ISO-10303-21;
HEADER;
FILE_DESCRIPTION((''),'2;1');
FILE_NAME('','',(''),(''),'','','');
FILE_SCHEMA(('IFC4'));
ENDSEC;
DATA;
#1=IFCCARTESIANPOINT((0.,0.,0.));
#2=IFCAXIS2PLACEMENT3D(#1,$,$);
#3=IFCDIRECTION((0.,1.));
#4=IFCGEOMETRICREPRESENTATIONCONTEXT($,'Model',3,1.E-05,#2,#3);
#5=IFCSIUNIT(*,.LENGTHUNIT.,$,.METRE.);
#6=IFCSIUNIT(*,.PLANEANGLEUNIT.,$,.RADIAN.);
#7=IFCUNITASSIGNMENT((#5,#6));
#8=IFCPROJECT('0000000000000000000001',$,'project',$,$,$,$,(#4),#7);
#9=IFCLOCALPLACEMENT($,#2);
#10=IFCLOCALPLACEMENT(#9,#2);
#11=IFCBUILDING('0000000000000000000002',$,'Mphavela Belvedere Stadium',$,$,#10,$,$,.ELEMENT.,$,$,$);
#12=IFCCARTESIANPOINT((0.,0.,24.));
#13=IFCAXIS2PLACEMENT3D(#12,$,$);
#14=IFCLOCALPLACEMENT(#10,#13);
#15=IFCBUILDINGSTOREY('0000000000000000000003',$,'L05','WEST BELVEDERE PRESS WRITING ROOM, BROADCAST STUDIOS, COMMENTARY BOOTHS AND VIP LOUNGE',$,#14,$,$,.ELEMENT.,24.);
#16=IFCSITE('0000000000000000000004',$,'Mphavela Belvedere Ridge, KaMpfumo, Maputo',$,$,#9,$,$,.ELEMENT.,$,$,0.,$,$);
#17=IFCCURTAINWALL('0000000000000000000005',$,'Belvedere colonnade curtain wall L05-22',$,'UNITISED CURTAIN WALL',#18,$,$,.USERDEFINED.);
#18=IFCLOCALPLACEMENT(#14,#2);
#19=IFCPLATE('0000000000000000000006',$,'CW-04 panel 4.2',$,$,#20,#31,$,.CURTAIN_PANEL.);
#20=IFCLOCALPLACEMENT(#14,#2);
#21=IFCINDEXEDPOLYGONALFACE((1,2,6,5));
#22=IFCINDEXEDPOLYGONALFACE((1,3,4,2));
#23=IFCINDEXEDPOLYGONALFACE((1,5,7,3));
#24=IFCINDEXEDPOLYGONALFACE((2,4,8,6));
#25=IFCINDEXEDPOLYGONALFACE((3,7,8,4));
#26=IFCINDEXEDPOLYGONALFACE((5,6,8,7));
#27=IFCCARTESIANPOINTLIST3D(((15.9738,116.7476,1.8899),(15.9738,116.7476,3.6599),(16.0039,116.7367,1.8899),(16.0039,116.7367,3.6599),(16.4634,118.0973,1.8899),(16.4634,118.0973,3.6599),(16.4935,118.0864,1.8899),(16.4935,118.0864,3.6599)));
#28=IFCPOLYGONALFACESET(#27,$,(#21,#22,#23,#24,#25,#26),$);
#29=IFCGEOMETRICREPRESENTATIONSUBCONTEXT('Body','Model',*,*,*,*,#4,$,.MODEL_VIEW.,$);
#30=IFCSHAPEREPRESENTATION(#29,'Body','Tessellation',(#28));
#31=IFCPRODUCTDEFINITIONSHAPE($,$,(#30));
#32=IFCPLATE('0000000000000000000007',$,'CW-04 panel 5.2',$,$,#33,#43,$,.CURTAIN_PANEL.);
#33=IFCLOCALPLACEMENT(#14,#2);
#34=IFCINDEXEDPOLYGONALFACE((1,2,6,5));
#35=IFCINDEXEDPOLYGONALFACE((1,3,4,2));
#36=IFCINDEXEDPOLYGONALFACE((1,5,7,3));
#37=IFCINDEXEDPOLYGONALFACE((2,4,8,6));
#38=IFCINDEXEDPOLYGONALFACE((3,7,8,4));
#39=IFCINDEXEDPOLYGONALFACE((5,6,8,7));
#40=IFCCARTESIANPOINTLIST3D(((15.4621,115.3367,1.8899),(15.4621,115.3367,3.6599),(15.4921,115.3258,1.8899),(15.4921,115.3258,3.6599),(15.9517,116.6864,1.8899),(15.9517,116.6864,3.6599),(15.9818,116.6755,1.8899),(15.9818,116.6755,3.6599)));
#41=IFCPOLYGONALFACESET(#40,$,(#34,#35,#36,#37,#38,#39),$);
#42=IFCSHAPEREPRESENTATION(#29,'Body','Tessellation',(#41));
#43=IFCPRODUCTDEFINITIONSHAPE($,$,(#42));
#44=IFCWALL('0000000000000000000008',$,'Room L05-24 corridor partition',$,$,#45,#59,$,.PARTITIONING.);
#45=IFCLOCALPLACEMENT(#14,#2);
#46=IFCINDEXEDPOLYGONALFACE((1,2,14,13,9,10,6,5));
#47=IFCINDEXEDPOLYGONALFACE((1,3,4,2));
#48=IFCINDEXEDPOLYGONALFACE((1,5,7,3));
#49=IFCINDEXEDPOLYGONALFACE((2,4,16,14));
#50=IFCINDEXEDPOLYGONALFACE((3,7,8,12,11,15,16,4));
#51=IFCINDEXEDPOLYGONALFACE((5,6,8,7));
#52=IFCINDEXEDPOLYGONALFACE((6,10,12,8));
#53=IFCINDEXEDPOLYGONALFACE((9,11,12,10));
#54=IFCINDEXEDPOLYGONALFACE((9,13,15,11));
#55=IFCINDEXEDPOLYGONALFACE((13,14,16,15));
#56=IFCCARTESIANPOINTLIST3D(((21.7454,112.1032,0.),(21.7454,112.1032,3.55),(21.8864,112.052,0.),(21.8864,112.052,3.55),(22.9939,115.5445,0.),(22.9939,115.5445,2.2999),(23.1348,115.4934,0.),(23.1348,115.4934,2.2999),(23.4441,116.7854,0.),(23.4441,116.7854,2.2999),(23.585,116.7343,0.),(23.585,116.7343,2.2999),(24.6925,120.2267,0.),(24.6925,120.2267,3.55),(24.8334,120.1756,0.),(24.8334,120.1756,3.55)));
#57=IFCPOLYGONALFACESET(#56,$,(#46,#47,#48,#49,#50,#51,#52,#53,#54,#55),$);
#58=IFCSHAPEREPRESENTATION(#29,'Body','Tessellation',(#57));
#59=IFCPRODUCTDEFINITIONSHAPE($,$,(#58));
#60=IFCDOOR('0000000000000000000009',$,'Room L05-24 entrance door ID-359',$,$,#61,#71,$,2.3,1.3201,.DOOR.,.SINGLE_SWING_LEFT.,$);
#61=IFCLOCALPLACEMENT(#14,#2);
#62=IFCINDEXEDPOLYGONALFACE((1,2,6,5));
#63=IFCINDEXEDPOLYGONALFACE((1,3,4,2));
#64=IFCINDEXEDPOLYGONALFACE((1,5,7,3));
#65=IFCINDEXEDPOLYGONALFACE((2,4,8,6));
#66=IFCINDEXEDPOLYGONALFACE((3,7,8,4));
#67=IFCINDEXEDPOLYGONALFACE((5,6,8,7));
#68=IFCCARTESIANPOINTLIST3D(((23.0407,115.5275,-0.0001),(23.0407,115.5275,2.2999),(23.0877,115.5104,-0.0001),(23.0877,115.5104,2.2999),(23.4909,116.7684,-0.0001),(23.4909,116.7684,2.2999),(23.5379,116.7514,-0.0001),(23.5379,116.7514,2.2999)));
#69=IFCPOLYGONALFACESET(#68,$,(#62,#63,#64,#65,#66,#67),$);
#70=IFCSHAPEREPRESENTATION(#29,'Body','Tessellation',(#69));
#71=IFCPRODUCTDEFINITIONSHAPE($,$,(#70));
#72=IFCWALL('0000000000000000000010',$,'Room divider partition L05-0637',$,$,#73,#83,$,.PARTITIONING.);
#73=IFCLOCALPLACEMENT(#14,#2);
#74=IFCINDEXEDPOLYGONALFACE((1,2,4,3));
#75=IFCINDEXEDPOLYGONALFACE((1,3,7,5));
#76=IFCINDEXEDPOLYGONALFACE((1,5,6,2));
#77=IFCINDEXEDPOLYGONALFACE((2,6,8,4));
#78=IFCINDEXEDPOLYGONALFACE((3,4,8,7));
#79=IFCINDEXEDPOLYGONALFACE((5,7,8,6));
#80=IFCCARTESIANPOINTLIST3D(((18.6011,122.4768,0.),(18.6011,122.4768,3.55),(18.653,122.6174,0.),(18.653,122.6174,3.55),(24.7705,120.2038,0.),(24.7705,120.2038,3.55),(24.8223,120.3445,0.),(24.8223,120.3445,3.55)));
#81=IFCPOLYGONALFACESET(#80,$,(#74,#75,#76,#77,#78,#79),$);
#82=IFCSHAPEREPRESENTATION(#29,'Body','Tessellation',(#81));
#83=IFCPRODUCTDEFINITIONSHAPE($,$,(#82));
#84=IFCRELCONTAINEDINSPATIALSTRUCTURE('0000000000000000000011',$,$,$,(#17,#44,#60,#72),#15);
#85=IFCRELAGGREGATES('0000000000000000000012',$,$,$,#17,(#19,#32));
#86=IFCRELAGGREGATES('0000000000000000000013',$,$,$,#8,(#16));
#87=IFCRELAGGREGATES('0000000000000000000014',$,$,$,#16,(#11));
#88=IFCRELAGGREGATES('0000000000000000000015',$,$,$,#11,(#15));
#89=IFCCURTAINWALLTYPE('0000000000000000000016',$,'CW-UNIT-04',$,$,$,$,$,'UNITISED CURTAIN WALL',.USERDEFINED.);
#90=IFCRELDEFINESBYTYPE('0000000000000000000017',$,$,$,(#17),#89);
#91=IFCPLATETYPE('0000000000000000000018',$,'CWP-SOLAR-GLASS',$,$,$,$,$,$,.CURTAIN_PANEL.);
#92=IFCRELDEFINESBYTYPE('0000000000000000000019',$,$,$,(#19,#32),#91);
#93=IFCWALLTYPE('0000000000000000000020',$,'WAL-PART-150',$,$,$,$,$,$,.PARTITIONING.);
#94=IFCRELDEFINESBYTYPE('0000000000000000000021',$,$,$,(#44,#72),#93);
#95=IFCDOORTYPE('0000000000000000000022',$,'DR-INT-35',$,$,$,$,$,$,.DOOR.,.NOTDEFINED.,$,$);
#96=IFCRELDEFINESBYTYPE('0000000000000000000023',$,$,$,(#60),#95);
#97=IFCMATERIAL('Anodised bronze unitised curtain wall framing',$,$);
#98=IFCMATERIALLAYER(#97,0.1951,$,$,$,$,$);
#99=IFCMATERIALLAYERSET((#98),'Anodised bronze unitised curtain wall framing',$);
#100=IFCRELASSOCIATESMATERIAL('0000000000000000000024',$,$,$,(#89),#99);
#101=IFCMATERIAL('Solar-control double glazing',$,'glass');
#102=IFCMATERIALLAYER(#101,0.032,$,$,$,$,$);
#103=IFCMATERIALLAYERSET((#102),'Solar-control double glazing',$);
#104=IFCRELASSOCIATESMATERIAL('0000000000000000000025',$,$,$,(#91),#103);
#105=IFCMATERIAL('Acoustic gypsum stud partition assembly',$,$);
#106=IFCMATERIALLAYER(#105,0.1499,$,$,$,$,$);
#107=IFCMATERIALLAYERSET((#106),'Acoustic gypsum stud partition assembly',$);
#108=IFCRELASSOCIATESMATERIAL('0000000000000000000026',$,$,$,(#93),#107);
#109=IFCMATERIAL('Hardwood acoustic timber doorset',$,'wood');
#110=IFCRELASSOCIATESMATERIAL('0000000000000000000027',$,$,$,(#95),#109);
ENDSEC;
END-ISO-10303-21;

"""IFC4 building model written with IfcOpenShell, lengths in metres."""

from ifc_helpers import new_model, si_unit, direction, frame, frame_2d, origin, origin_2d, place, context, subcontext, project, spatial, rectangle, extrude, material, layer, layer_set, type_object, element, fill, aggregate, save


model = new_model("IFC4")

# Units and contexts
model_context = context("Model", 3, precision=1e-05, world=origin(), true_north=direction((0.0, 1.0)))
body_context = subcontext(model_context, "Body", "Model", "MODEL_VIEW")
ifc_project = project(units=[si_unit("LENGTHUNIT", "METRE"), si_unit("PLANEANGLEUNIT", "RADIAN")], contexts=[model_context])

# Site, building, storey
site_placement = place(None, origin())
site = spatial("IfcSite", under=ifc_project, at=site_placement, Name="Mphavela Belvedere Ridge, KaMpfumo, Maputo", CompositionType="ELEMENT", RefElevation=0.0)
building_placement = place(site_placement, origin())
building = spatial("IfcBuilding", under=site, at=building_placement, Name="Mphavela Belvedere Stadium", CompositionType="ELEMENT")
storey_placement = place(building_placement, frame((0.0, 0.0, 24.0)))
storey = spatial("IfcBuildingStorey", under=building, at=storey_placement, Name="L05", Description="WEST BELVEDERE PRESS WRITING ROOM, BROADCAST STUDIOS, COMMENTARY BOOTHS AND VIP LOUNGE", CompositionType="ELEMENT", Elevation=24.0)

# Curtain wall, plates
ifc_material_1 = material(Name="Anodised bronze unitised curtain wall framing")
ifc_layer_1 = layer(ifc_material_1, 0.1951)
ifc_layer_set_1 = layer_set([ifc_layer_1], Name="Anodised bronze unitised curtain wall framing")
curtain_wall_type = type_object("IfcCurtainWallType", Name="CW-UNIT-04", ElementType="UNITISED CURTAIN WALL", PredefinedType="USERDEFINED", material=ifc_layer_set_1)
curtain_wall_placement = place(storey_placement, origin())
curtain_wall = element("IfcCurtainWall", 1, at=curtain_wall_placement, inside=storey, type_object=curtain_wall_type, Name="Belvedere colonnade curtain wall L05-22", ObjectType="UNITISED CURTAIN WALL", PredefinedType="USERDEFINED")
ifc_material_2 = material(Name="Solar-control double glazing", Category="glass")
ifc_layer_2 = layer(ifc_material_2, 0.032)
ifc_layer_set_2 = layer_set([ifc_layer_2], Name="Solar-control double glazing")
plate_type = type_object("IfcPlateType", Name="CWP-SOLAR-GLASS", PredefinedType="CURTAIN_PANEL", material=ifc_layer_set_2)
plate_1_placement = place(storey_placement, frame((16.2336, 117.417, 1.8899), z_axis=(0.0, 0.0, 1.0), x_axis=(-0.341027, -0.940053, 0.0)))
plate_1 = element("IfcPlate", 2, at=plate_1_placement, type_object=plate_type, Name="CW-04 panel 4.2", PredefinedType="CURTAIN_PANEL", context=body_context, shape_type="SweptSolid", body=[
    extrude(rectangle(XDim=1.4358, YDim=0.032, at=origin_2d()), origin(), (0.0, 0.0, 1.0), 1.77),
])
plate_2_placement = place(storey_placement, frame((15.7219, 116.0061, 1.8899), z_axis=(0.0, 0.0, 1.0), x_axis=(-0.341027, -0.940053, 0.0)))
plate_2 = element("IfcPlate", 3, at=plate_2_placement, type_object=plate_type, Name="CW-04 panel 5.2", PredefinedType="CURTAIN_PANEL", context=body_context, shape_type="SweptSolid", body=[
    extrude(rectangle(XDim=1.4358, YDim=0.032, at=origin_2d()), origin(), (0.0, 0.0, 1.0), 1.77),
])
aggregate(curtain_wall, [plate_1, plate_2])

# Wall, opening, door
ifc_material_3 = material(Name="Acoustic gypsum stud partition assembly")
ifc_layer_3 = layer(ifc_material_3, 0.1499)
ifc_layer_set_3 = layer_set([ifc_layer_3], Name="Acoustic gypsum stud partition assembly")
wall_type = type_object("IfcWallType", Name="WAL-PART-150", PredefinedType="PARTITIONING", material=ifc_layer_set_3)
wall_1_placement = place(storey_placement, frame((24.7629, 120.2012, 0.0), z_axis=(0.0, 0.0, 1.0), x_axis=(-0.341028, -0.940053, 0.0)))
wall_1 = element("IfcWall", 4, at=wall_1_placement, inside=storey, type_object=wall_type, Name="Room L05-24 corridor partition", PredefinedType="PARTITIONING", context=body_context, shape_type="SweptSolid", body=[
    extrude(rectangle(XDim=8.6416, YDim=0.1499, at=frame_2d((4.3208, 0.0))), origin(), (0.0, 0.0, 1.0), 3.55),
])
opening_placement = place(wall_1_placement, frame((3.6606, 0.0, 0.0)))
opening = element("IfcOpeningElement", 5, at=opening_placement, cuts=wall_1, PredefinedType="OPENING", context=body_context, shape_type="SweptSolid", body=[
    extrude(rectangle(XDim=1.3201, YDim=2.3, at=frame_2d((0.6602, 1.1499))), frame((0.0, 0.085, 0.0), z_axis=(0.0, -1.0, 0.0), x_axis=(1.0, 0.0, 0.0)), (0.0, 0.0, 1.0), 0.1699),
])
ifc_material_4 = material(Name="Hardwood acoustic timber doorset", Category="wood")
door_type = type_object("IfcDoorType", Name="DR-INT-35", OperationType="NOTDEFINED", PredefinedType="DOOR", material=ifc_material_4)
door_placement = place(opening_placement, origin())
door = element("IfcDoor", 6, at=door_placement, inside=storey, type_object=door_type, Name="Room L05-24 entrance door ID-359", OperationType="SINGLE_SWING_LEFT", OverallHeight=2.3, OverallWidth=1.3201, PredefinedType="DOOR", context=body_context, shape_type="SweptSolid", body=[
    extrude(rectangle(XDim=1.3201, YDim=2.3, at=frame_2d((0.6602, 1.1499))), frame((0.0, 0.0249, 0.0), z_axis=(0.0, -1.0, 0.0), x_axis=(1.0, 0.0, 0.0)), (0.0, 0.0, 1.0), 0.05),
])
fill(opening, door)

# Wall
wall_2_placement = place(storey_placement, frame((24.7964, 120.2742, 0.0), z_axis=(0.0, 0.0, 1.0), x_axis=(-0.938343, 0.345705, 0.0)))
element("IfcWall", 7, at=wall_2_placement, inside=storey, type_object=wall_type, Name="Room divider partition L05-0637", PredefinedType="PARTITIONING", context=body_context, shape_type="SweptSolid", body=[
    extrude(rectangle(XDim=6.5747, YDim=0.1499, at=frame_2d((3.2874, 0.0))), origin(), (0.0, 0.0, 1.0), 3.55),
])

save(model, "model.ifc")
